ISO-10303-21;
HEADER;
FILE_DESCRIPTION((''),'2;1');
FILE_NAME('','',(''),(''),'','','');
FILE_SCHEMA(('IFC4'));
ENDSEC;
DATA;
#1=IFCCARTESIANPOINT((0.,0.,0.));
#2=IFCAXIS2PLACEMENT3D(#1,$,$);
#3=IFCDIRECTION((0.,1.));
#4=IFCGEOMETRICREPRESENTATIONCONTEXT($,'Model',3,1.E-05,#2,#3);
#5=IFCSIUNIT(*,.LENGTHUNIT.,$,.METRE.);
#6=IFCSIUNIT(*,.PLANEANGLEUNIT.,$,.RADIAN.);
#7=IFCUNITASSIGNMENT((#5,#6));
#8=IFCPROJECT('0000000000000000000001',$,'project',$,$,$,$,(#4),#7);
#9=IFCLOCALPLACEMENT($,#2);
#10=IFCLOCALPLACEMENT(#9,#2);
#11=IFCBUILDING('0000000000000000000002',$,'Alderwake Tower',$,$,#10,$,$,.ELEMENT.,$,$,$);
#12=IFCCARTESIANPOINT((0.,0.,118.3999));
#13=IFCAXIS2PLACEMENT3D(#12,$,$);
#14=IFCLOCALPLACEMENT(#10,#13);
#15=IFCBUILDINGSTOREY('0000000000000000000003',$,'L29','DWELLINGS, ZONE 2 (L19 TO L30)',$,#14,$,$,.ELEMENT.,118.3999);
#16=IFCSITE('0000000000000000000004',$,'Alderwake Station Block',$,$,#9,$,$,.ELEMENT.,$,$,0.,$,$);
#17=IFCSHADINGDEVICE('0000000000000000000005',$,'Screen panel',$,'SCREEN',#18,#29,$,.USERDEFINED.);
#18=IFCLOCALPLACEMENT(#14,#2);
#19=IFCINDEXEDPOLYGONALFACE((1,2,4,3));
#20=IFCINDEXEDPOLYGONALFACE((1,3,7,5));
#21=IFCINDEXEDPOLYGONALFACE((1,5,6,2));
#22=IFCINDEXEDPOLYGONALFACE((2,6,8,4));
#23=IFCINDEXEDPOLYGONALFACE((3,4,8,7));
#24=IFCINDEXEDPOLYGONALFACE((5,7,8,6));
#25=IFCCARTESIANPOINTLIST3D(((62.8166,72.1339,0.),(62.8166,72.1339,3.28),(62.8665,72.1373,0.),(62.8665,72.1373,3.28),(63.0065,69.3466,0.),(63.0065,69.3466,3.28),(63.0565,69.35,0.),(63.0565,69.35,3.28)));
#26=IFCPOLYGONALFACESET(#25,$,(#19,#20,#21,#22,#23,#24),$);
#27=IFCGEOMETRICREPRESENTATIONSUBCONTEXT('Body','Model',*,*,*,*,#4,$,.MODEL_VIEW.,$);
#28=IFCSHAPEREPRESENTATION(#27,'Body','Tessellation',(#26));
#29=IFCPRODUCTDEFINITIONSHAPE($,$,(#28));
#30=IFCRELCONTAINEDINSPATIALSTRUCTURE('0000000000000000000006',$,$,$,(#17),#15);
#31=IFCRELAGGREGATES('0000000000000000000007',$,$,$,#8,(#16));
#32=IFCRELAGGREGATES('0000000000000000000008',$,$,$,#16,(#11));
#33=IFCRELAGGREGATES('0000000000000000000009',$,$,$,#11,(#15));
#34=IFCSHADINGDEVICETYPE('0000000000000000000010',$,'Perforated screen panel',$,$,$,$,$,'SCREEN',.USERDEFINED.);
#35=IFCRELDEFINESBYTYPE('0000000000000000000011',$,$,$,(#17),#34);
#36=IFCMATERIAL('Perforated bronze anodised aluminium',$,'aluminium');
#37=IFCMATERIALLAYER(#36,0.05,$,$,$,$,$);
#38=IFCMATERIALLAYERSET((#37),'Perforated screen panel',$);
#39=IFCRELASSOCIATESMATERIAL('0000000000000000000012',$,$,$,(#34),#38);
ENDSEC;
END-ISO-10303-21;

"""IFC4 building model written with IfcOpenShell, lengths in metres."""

from ifc_helpers import new_model, si_unit, direction, frame, origin, origin_2d, place, context, subcontext, project, spatial, rectangle, extrude, material, layer, layer_set, type_object, element, save


model = new_model("IFC4")

# Units and contexts
model_context = context("Model", 3, precision=1e-05, world=origin(), true_north=direction((0.0, 1.0)))
body_context = subcontext(model_context, "Body", "Model", "MODEL_VIEW")
ifc_project = project(units=[si_unit("LENGTHUNIT", "METRE"), si_unit("PLANEANGLEUNIT", "RADIAN")], contexts=[model_context])

# Site, building, storey
site_placement = place(None, origin())
site = spatial("IfcSite", under=ifc_project, at=site_placement, Name="Alderwake Station Block", CompositionType="ELEMENT", RefElevation=0.0)
building_placement = place(site_placement, origin())
building = spatial("IfcBuilding", under=site, at=building_placement, Name="Alderwake Tower", CompositionType="ELEMENT")
storey_placement = place(building_placement, frame((0.0, 0.0, 118.3999)))
storey = spatial("IfcBuildingStorey", under=building, at=storey_placement, Name="L29", Description="DWELLINGS, ZONE 2 (L19 TO L30)", CompositionType="ELEMENT", Elevation=118.3999)

# Shading device
ifc_material_1 = material(Name="Perforated bronze anodised aluminium", Category="aluminium")
ifc_layer_1 = layer(ifc_material_1, 0.05)
ifc_layer_set_1 = layer_set([ifc_layer_1], Name="Perforated screen panel")
shading_device_type_1 = type_object("IfcShadingDeviceType", Name="Perforated screen panel", ElementType="SCREEN", PredefinedType="USERDEFINED", material=ifc_layer_set_1)
shading_device_placement = place(storey_placement, frame((62.9365, 70.7419, 0.0), z_axis=(0.0, 0.0, 1.0), x_axis=(0.997685, 0.067998, 0.0)))
element("IfcShadingDevice", 1, at=shading_device_placement, inside=storey, type_object=shading_device_type_1, Name="Screen panel", ObjectType="SCREEN", PredefinedType="USERDEFINED", context=body_context, shape_type="SweptSolid", body=[
    extrude(rectangle(XDim=0.05, YDim=2.7937, at=origin_2d()), origin(), (0.0, 0.0, 1.0), 3.28),
])

save(model, "model.ifc")
